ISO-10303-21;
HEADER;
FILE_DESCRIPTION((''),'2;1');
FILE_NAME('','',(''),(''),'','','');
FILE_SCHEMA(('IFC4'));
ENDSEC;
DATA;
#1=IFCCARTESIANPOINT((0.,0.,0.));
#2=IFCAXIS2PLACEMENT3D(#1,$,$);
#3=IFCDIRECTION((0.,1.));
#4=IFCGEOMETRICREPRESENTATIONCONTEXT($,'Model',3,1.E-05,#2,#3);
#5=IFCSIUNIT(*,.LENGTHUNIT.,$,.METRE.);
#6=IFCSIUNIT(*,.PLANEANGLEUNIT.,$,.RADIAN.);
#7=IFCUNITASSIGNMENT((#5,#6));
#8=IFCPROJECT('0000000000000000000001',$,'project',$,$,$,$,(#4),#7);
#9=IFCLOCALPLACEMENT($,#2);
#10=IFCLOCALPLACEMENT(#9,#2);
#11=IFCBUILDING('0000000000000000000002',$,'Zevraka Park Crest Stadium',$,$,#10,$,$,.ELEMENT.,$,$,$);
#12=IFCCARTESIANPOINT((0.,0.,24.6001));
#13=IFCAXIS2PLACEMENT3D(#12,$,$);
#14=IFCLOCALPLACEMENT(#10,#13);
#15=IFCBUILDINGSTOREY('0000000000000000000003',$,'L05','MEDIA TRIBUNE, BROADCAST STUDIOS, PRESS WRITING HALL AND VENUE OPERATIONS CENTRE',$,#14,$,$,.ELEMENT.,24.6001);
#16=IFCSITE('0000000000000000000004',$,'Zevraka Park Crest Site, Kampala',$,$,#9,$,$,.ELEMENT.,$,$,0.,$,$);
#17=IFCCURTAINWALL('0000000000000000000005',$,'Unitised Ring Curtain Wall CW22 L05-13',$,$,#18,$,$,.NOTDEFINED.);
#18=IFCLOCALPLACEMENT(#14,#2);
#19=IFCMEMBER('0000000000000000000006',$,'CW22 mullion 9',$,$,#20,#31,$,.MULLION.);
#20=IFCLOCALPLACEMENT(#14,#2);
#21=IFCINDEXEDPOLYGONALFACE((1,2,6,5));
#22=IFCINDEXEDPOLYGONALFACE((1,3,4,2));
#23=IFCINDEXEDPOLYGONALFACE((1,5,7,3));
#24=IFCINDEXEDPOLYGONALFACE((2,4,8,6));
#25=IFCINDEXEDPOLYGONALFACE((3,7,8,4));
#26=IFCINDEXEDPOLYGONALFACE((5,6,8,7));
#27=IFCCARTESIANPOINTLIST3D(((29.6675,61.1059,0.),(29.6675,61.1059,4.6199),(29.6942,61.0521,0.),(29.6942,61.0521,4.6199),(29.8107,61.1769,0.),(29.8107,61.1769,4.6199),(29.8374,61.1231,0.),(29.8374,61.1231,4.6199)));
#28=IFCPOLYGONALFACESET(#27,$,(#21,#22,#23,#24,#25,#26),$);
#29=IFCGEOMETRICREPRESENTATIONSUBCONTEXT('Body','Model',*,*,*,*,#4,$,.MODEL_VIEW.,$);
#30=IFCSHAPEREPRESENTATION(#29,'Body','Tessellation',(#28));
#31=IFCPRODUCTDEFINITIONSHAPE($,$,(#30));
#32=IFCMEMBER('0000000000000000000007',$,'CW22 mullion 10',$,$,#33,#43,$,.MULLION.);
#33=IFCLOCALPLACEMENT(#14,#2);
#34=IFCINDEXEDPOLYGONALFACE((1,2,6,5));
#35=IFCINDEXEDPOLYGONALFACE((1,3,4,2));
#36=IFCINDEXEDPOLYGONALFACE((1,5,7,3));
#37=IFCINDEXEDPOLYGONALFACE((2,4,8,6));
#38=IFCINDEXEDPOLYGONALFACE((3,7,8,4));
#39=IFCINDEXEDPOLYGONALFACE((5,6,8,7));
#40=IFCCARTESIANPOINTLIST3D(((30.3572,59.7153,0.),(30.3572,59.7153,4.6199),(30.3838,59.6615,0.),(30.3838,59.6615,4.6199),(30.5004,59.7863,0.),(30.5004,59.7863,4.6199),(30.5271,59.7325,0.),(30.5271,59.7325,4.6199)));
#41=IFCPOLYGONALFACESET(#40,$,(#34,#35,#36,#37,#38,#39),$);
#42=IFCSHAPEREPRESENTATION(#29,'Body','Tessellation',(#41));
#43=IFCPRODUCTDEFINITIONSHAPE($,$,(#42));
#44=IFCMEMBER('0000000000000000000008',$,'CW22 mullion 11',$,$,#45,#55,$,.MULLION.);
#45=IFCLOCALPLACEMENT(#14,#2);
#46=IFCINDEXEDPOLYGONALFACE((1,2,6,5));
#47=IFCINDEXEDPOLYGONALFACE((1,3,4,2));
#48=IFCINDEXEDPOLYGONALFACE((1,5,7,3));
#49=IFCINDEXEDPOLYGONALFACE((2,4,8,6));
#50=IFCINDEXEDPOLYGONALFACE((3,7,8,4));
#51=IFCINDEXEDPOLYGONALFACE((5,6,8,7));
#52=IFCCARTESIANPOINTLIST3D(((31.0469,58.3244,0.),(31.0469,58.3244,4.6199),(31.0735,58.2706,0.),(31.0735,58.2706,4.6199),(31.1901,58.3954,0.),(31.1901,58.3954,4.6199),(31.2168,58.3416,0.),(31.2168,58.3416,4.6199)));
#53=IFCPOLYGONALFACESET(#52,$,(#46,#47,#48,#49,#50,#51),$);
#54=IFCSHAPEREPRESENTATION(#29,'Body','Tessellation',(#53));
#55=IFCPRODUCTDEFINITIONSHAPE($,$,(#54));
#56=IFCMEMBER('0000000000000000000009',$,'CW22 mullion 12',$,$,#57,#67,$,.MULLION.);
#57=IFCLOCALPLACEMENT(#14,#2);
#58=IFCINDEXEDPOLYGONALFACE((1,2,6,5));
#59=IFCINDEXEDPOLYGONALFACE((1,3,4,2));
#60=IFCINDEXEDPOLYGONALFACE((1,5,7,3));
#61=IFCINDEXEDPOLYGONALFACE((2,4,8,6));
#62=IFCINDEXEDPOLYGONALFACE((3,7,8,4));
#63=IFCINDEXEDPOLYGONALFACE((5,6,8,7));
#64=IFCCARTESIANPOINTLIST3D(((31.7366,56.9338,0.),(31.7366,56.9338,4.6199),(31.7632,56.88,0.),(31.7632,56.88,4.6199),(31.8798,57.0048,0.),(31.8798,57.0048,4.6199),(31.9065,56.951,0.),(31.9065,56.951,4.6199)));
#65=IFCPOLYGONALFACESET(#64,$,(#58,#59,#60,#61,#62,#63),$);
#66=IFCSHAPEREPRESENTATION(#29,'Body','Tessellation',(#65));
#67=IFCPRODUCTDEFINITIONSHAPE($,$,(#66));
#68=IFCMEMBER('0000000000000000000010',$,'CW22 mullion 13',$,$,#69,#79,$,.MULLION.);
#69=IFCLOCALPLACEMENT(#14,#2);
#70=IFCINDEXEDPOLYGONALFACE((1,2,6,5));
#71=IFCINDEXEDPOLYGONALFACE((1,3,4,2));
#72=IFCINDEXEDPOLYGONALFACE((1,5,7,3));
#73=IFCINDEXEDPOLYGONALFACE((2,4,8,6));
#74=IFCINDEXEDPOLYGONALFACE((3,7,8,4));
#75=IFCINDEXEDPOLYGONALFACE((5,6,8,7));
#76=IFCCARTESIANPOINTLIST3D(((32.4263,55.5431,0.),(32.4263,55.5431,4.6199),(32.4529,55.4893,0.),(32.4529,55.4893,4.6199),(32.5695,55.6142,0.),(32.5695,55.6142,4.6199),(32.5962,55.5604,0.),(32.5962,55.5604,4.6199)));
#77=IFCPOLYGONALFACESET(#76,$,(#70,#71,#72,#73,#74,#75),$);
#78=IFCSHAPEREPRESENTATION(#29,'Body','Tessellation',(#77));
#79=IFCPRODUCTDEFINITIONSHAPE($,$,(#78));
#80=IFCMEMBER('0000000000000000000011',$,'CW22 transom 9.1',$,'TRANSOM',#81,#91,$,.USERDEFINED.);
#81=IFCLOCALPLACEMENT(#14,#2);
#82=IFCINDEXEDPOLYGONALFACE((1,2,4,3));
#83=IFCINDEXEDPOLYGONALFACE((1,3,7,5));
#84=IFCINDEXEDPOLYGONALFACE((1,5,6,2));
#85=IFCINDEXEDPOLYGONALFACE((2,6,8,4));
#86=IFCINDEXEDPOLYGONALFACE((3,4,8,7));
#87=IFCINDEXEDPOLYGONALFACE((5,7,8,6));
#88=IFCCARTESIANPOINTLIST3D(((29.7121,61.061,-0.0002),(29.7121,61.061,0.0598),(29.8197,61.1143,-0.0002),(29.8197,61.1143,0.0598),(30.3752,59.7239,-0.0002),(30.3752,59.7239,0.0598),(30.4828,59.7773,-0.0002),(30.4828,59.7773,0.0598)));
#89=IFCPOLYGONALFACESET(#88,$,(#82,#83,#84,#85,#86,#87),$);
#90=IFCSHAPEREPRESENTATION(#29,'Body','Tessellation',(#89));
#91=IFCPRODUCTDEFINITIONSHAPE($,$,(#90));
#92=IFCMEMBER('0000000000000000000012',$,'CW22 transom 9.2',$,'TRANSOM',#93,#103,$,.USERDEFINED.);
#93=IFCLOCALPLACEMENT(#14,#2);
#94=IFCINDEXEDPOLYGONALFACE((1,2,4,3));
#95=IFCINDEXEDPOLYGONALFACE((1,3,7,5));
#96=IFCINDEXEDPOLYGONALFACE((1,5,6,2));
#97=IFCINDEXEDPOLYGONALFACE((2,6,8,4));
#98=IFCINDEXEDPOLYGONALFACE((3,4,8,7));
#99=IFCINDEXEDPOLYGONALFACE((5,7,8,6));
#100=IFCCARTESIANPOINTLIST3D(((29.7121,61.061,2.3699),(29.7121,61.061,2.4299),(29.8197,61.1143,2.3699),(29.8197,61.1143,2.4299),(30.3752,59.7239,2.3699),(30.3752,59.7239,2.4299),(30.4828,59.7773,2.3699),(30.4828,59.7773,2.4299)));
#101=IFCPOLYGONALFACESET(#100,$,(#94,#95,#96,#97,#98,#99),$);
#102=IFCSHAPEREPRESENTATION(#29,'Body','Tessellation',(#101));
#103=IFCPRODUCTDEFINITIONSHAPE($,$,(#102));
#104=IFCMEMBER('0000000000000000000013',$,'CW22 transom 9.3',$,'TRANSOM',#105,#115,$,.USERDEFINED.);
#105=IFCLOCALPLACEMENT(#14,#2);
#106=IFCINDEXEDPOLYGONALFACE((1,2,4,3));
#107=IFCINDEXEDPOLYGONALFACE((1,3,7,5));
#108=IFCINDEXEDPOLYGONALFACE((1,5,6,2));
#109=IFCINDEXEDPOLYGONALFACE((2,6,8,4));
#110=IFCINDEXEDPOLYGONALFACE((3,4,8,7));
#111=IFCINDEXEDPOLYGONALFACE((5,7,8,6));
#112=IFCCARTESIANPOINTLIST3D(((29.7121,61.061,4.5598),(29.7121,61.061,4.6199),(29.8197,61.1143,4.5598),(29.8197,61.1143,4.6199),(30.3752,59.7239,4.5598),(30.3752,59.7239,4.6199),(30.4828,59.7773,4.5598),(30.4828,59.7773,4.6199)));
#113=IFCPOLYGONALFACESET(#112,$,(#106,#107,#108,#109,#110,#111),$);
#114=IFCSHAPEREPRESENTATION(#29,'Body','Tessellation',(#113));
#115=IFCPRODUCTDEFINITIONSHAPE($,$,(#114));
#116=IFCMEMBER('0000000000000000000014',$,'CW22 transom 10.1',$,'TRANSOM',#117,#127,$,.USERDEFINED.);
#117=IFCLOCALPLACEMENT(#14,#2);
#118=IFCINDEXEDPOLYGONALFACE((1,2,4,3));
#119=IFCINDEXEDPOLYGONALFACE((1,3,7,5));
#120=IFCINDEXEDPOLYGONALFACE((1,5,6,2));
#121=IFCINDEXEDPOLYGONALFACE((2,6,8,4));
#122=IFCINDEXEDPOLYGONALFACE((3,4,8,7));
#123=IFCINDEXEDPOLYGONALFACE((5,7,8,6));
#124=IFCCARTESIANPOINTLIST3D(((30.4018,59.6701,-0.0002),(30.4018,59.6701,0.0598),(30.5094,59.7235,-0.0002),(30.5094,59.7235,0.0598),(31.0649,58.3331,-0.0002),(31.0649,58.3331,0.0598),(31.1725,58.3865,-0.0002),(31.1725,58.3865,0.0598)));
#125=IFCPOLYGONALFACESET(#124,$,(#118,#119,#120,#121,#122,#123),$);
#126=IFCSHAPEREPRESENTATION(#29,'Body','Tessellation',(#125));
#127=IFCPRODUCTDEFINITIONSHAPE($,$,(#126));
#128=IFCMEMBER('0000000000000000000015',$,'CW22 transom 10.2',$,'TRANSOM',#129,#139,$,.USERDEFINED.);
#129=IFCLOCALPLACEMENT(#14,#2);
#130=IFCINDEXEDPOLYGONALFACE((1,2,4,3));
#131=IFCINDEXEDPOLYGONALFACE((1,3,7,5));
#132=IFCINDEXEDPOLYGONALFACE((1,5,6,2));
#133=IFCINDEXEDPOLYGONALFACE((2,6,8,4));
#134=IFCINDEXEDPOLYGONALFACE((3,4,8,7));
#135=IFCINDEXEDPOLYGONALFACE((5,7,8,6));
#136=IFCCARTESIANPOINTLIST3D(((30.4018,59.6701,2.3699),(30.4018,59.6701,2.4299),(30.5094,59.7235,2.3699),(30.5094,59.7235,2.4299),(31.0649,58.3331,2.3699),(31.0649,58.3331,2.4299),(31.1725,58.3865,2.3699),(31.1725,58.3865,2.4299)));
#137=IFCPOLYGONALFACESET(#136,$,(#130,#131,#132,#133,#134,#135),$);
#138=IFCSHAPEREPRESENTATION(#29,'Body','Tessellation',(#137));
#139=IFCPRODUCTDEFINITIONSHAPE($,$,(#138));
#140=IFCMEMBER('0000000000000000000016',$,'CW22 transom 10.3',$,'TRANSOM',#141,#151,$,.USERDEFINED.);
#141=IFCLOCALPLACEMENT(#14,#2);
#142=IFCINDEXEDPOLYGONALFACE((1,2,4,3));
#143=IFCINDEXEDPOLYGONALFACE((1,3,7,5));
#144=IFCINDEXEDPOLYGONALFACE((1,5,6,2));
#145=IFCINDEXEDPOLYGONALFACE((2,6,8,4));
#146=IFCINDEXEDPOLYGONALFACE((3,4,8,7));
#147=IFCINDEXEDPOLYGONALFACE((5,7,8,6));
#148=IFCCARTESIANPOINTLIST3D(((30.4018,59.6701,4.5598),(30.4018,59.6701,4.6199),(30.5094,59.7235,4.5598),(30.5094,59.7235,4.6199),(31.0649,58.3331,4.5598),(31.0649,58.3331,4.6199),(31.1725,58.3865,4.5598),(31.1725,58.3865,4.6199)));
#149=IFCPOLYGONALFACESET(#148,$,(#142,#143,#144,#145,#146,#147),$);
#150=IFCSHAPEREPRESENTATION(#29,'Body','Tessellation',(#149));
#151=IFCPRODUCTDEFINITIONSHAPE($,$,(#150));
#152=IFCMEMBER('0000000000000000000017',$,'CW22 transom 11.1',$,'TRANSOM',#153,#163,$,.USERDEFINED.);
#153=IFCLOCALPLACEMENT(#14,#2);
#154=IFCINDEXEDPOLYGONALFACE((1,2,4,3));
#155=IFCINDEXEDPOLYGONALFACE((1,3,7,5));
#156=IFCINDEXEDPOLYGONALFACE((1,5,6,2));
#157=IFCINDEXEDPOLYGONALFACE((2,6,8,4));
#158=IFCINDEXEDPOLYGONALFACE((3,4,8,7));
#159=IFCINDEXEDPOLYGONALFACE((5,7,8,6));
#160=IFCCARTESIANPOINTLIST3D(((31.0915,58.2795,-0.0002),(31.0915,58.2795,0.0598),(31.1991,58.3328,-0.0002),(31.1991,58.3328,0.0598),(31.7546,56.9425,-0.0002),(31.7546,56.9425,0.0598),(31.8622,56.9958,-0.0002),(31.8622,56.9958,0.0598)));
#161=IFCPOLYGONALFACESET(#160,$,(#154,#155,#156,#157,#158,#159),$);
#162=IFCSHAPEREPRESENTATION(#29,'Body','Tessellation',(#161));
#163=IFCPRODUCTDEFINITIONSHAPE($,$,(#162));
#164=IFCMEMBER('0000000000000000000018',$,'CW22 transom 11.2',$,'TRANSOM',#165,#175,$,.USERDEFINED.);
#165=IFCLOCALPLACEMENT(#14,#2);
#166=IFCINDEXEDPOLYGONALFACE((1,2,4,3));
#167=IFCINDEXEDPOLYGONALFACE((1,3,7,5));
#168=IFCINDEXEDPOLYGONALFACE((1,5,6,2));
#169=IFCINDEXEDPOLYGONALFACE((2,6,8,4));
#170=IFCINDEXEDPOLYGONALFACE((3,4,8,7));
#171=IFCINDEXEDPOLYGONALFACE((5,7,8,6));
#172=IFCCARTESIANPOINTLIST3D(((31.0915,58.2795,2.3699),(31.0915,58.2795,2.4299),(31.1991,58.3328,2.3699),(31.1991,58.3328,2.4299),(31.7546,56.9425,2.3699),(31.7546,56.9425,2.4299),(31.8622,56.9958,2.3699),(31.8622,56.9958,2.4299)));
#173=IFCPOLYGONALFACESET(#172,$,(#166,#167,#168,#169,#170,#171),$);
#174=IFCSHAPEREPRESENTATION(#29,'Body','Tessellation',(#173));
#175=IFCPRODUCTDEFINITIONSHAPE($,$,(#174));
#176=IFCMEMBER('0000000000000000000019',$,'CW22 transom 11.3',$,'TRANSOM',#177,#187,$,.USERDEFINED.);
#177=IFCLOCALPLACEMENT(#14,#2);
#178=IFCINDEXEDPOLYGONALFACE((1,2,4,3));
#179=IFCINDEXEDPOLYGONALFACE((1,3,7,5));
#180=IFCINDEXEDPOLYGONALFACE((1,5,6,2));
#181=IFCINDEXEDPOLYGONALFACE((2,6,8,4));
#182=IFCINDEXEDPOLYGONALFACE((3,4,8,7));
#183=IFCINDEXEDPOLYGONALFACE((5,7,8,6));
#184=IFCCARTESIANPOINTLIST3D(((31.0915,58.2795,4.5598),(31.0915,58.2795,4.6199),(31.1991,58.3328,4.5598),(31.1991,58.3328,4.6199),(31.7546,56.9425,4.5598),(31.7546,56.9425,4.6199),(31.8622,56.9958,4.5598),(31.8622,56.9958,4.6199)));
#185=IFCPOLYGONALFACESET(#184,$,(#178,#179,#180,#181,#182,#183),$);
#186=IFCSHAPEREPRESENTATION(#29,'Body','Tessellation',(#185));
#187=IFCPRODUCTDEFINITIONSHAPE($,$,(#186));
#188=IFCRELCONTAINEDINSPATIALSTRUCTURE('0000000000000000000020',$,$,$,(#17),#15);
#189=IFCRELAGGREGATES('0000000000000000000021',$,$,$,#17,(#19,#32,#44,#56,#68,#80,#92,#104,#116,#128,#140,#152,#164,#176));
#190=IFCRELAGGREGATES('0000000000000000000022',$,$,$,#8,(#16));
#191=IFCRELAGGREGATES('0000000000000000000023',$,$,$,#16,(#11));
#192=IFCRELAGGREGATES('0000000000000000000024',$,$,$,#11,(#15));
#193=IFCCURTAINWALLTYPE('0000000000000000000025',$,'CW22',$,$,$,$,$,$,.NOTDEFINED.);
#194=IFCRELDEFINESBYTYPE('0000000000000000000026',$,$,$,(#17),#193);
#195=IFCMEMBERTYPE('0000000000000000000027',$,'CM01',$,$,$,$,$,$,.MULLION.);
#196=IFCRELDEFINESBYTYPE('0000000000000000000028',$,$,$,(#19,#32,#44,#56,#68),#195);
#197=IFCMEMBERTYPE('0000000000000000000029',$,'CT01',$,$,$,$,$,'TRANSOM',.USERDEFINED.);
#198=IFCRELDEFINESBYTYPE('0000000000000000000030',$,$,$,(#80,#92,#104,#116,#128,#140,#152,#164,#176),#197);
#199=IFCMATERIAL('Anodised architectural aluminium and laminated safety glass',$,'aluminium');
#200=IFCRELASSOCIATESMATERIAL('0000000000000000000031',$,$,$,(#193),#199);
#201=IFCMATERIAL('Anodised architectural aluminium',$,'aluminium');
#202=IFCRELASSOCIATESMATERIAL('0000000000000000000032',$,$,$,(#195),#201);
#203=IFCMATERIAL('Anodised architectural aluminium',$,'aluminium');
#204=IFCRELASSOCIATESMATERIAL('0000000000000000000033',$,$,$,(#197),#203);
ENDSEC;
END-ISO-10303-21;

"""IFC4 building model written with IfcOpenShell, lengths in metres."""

from ifc_helpers import new_model, si_unit, direction, frame, origin, origin_2d, place, context, subcontext, project, spatial, rectangle, extrude, material, material_profile, profile_set, type_object, element, aggregate, save


model = new_model("IFC4")

# Units and contexts
model_context = context("Model", 3, precision=1e-05, world=origin(), true_north=direction((0.0, 1.0)))
body_context = subcontext(model_context, "Body", "Model", "MODEL_VIEW")
ifc_project = project(units=[si_unit("LENGTHUNIT", "METRE"), si_unit("PLANEANGLEUNIT", "RADIAN")], contexts=[model_context])

# Site, building, storey
site_placement = place(None, origin())
site = spatial("IfcSite", under=ifc_project, at=site_placement, Name="Zevraka Park Crest Site, Kampala", CompositionType="ELEMENT", RefElevation=0.0)
building_placement = place(site_placement, origin())
building = spatial("IfcBuilding", under=site, at=building_placement, Name="Zevraka Park Crest Stadium", CompositionType="ELEMENT")
storey_placement = place(building_placement, frame((0.0, 0.0, 24.6001)))
storey = spatial("IfcBuildingStorey", under=building, at=storey_placement, Name="L05", Description="MEDIA TRIBUNE, BROADCAST STUDIOS, PRESS WRITING HALL AND VENUE OPERATIONS CENTRE", CompositionType="ELEMENT", Elevation=24.6001)

# Curtain wall, members
ifc_material_1 = material(Name="Anodised architectural aluminium and laminated safety glass", Category="aluminium")
curtain_wall_type = type_object("IfcCurtainWallType", Name="CW22", PredefinedType="NOTDEFINED", material=ifc_material_1)
curtain_wall_placement = place(storey_placement, origin())
curtain_wall = element("IfcCurtainWall", 1, at=curtain_wall_placement, inside=storey, type_object=curtain_wall_type, Name="Unitised Ring Curtain Wall CW22 L05-13", PredefinedType="NOTDEFINED")
ifc_material_2 = material(Name="Anodised architectural aluminium", Category="aluminium")
ifc_material_profile_1 = material_profile(ifc_material_2, rectangle(XDim=0.1599, YDim=0.0601, at=origin_2d()), Name="ALU MULLION 160x60")
ifc_profile_set_1 = profile_set([ifc_material_profile_1], Name="Anodised architectural aluminium")
member_type_1 = type_object("IfcMemberType", Name="CM01", PredefinedType="MULLION", material=ifc_profile_set_1)
member_1_placement = place(storey_placement, frame((29.7524, 61.1145, 0.0), z_axis=(0.0, 0.0, 1.0), x_axis=(0.895879, 0.444297, 0.0)))
member_1 = element("IfcMember", 2, at=member_1_placement, type_object=member_type_1, Name="CW22 mullion 9", PredefinedType="MULLION", context=body_context, shape_type="SweptSolid", body=[
    extrude(rectangle(XDim=0.1599, YDim=0.0601, at=origin_2d()), origin(), (0.0, 0.0, 1.0), 4.6199),
])
member_2_placement = place(storey_placement, frame((30.4421, 59.7239, 0.0), z_axis=(0.0, 0.0, 1.0), x_axis=(0.895879, 0.444297, 0.0)))
member_2 = element("IfcMember", 3, at=member_2_placement, type_object=member_type_1, Name="CW22 mullion 10", PredefinedType="MULLION", context=body_context, shape_type="SweptSolid", body=[
    extrude(rectangle(XDim=0.1599, YDim=0.0601, at=origin_2d()), origin(), (0.0, 0.0, 1.0), 4.6199),
])
member_3_placement = place(storey_placement, frame((31.1318, 58.333, 0.0), z_axis=(0.0, 0.0, 1.0), x_axis=(0.895879, 0.444297, 0.0)))
member_3 = element("IfcMember", 4, at=member_3_placement, type_object=member_type_1, Name="CW22 mullion 11", PredefinedType="MULLION", context=body_context, shape_type="SweptSolid", body=[
    extrude(rectangle(XDim=0.1599, YDim=0.0601, at=origin_2d()), origin(), (0.0, 0.0, 1.0), 4.6199),
])
member_4_placement = place(storey_placement, frame((31.8215, 56.9424, 0.0), z_axis=(0.0, 0.0, 1.0), x_axis=(0.895879, 0.444297, 0.0)))
member_4 = element("IfcMember", 5, at=member_4_placement, type_object=member_type_1, Name="CW22 mullion 12", PredefinedType="MULLION", context=body_context, shape_type="SweptSolid", body=[
    extrude(rectangle(XDim=0.1599, YDim=0.0601, at=origin_2d()), origin(), (0.0, 0.0, 1.0), 4.6199),
])
member_5_placement = place(storey_placement, frame((32.5112, 55.5518, 0.0), z_axis=(0.0, 0.0, 1.0), x_axis=(0.895879, 0.444297, 0.0)))
member_5 = element("IfcMember", 6, at=member_5_placement, type_object=member_type_1, Name="CW22 mullion 13", PredefinedType="MULLION", context=body_context, shape_type="SweptSolid", body=[
    extrude(rectangle(XDim=0.1599, YDim=0.0601, at=origin_2d()), origin(), (0.0, 0.0, 1.0), 4.6199),
])
ifc_material_3 = material(Name="Anodised architectural aluminium", Category="aluminium")
ifc_material_profile_2 = material_profile(ifc_material_3, rectangle(XDim=0.1201, YDim=0.0601, at=origin_2d()), Name="ALU TRANSOM 120x60")
ifc_profile_set_2 = profile_set([ifc_material_profile_2], Name="Anodised architectural aluminium")
member_type_2 = type_object("IfcMemberType", Name="CT01", ElementType="TRANSOM", PredefinedType="USERDEFINED", material=ifc_profile_set_2)
member_6_placement = place(storey_placement, frame((29.7659, 61.0876, 0.0298), z_axis=(0.444332, -0.895862, 0.0), x_axis=(0.895862, 0.444332, 0.0)))
member_6 = element("IfcMember", 7, at=member_6_placement, type_object=member_type_2, Name="CW22 transom 9.1", ObjectType="TRANSOM", PredefinedType="USERDEFINED", context=body_context, shape_type="SweptSolid", body=[
    extrude(rectangle(XDim=0.1201, YDim=0.0601, at=origin_2d()), origin(), (0.0, 0.0, 1.0), 1.4924),
])
member_7_placement = place(storey_placement, frame((29.7659, 61.0876, 2.3999), z_axis=(0.444332, -0.895862, 0.0), x_axis=(0.895862, 0.444332, 0.0)))
member_7 = element("IfcMember", 8, at=member_7_placement, type_object=member_type_2, Name="CW22 transom 9.2", ObjectType="TRANSOM", PredefinedType="USERDEFINED", context=body_context, shape_type="SweptSolid", body=[
    extrude(rectangle(XDim=0.1201, YDim=0.0601, at=origin_2d()), origin(), (0.0, 0.0, 1.0), 1.4924),
])
member_8_placement = place(storey_placement, frame((29.7659, 61.0876, 4.5898), z_axis=(0.444332, -0.895862, 0.0), x_axis=(0.895862, 0.444332, 0.0)))
member_8 = element("IfcMember", 9, at=member_8_placement, type_object=member_type_2, Name="CW22 transom 9.3", ObjectType="TRANSOM", PredefinedType="USERDEFINED", context=body_context, shape_type="SweptSolid", body=[
    extrude(rectangle(XDim=0.1201, YDim=0.0601, at=origin_2d()), origin(), (0.0, 0.0, 1.0), 1.4924),
])
member_9_placement = place(storey_placement, frame((30.4556, 59.6968, 0.0298), z_axis=(0.444332, -0.895862, 0.0), x_axis=(0.895862, 0.444332, 0.0)))
member_9 = element("IfcMember", 10, at=member_9_placement, type_object=member_type_2, Name="CW22 transom 10.1", ObjectType="TRANSOM", PredefinedType="USERDEFINED", context=body_context, shape_type="SweptSolid", body=[
    extrude(rectangle(XDim=0.1201, YDim=0.0601, at=origin_2d()), origin(), (0.0, 0.0, 1.0), 1.4924),
])
member_10_placement = place(storey_placement, frame((30.4556, 59.6968, 2.3999), z_axis=(0.444332, -0.895862, 0.0), x_axis=(0.895862, 0.444332, 0.0)))
member_10 = element("IfcMember", 11, at=member_10_placement, type_object=member_type_2, Name="CW22 transom 10.2", ObjectType="TRANSOM", PredefinedType="USERDEFINED", context=body_context, shape_type="SweptSolid", body=[
    extrude(rectangle(XDim=0.1201, YDim=0.0601, at=origin_2d()), origin(), (0.0, 0.0, 1.0), 1.4924),
])
member_11_placement = place(storey_placement, frame((30.4556, 59.6968, 4.5898), z_axis=(0.444332, -0.895862, 0.0), x_axis=(0.895862, 0.444332, 0.0)))
member_11 = element("IfcMember", 12, at=member_11_placement, type_object=member_type_2, Name="CW22 transom 10.3", ObjectType="TRANSOM", PredefinedType="USERDEFINED", context=body_context, shape_type="SweptSolid", body=[
    extrude(rectangle(XDim=0.1201, YDim=0.0601, at=origin_2d()), origin(), (0.0, 0.0, 1.0), 1.4924),
])
member_12_placement = place(storey_placement, frame((31.1453, 58.3062, 0.0298), z_axis=(0.444332, -0.895862, 0.0), x_axis=(0.895862, 0.444332, 0.0)))
member_12 = element("IfcMember", 13, at=member_12_placement, type_object=member_type_2, Name="CW22 transom 11.1", ObjectType="TRANSOM", PredefinedType="USERDEFINED", context=body_context, shape_type="SweptSolid", body=[
    extrude(rectangle(XDim=0.1201, YDim=0.0601, at=origin_2d()), origin(), (0.0, 0.0, 1.0), 1.4924),
])
member_13_placement = place(storey_placement, frame((31.1453, 58.3062, 2.3999), z_axis=(0.444332, -0.895862, 0.0), x_axis=(0.895862, 0.444332, 0.0)))
member_13 = element("IfcMember", 14, at=member_13_placement, type_object=member_type_2, Name="CW22 transom 11.2", ObjectType="TRANSOM", PredefinedType="USERDEFINED", context=body_context, shape_type="SweptSolid", body=[
    extrude(rectangle(XDim=0.1201, YDim=0.0601, at=origin_2d()), origin(), (0.0, 0.0, 1.0), 1.4924),
])
member_14_placement = place(storey_placement, frame((31.1453, 58.3062, 4.5898), z_axis=(0.444332, -0.895862, 0.0), x_axis=(0.895862, 0.444332, 0.0)))
member_14 = element("IfcMember", 15, at=member_14_placement, type_object=member_type_2, Name="CW22 transom 11.3", ObjectType="TRANSOM", PredefinedType="USERDEFINED", context=body_context, shape_type="SweptSolid", body=[
    extrude(rectangle(XDim=0.1201, YDim=0.0601, at=origin_2d()), origin(), (0.0, 0.0, 1.0), 1.4924),
])
aggregate(curtain_wall, [member_1, member_2, member_3, member_4, member_5, member_6, member_7, member_8, member_9, member_10, member_11, member_12, member_13, member_14])

save(model, "model.ifc")
